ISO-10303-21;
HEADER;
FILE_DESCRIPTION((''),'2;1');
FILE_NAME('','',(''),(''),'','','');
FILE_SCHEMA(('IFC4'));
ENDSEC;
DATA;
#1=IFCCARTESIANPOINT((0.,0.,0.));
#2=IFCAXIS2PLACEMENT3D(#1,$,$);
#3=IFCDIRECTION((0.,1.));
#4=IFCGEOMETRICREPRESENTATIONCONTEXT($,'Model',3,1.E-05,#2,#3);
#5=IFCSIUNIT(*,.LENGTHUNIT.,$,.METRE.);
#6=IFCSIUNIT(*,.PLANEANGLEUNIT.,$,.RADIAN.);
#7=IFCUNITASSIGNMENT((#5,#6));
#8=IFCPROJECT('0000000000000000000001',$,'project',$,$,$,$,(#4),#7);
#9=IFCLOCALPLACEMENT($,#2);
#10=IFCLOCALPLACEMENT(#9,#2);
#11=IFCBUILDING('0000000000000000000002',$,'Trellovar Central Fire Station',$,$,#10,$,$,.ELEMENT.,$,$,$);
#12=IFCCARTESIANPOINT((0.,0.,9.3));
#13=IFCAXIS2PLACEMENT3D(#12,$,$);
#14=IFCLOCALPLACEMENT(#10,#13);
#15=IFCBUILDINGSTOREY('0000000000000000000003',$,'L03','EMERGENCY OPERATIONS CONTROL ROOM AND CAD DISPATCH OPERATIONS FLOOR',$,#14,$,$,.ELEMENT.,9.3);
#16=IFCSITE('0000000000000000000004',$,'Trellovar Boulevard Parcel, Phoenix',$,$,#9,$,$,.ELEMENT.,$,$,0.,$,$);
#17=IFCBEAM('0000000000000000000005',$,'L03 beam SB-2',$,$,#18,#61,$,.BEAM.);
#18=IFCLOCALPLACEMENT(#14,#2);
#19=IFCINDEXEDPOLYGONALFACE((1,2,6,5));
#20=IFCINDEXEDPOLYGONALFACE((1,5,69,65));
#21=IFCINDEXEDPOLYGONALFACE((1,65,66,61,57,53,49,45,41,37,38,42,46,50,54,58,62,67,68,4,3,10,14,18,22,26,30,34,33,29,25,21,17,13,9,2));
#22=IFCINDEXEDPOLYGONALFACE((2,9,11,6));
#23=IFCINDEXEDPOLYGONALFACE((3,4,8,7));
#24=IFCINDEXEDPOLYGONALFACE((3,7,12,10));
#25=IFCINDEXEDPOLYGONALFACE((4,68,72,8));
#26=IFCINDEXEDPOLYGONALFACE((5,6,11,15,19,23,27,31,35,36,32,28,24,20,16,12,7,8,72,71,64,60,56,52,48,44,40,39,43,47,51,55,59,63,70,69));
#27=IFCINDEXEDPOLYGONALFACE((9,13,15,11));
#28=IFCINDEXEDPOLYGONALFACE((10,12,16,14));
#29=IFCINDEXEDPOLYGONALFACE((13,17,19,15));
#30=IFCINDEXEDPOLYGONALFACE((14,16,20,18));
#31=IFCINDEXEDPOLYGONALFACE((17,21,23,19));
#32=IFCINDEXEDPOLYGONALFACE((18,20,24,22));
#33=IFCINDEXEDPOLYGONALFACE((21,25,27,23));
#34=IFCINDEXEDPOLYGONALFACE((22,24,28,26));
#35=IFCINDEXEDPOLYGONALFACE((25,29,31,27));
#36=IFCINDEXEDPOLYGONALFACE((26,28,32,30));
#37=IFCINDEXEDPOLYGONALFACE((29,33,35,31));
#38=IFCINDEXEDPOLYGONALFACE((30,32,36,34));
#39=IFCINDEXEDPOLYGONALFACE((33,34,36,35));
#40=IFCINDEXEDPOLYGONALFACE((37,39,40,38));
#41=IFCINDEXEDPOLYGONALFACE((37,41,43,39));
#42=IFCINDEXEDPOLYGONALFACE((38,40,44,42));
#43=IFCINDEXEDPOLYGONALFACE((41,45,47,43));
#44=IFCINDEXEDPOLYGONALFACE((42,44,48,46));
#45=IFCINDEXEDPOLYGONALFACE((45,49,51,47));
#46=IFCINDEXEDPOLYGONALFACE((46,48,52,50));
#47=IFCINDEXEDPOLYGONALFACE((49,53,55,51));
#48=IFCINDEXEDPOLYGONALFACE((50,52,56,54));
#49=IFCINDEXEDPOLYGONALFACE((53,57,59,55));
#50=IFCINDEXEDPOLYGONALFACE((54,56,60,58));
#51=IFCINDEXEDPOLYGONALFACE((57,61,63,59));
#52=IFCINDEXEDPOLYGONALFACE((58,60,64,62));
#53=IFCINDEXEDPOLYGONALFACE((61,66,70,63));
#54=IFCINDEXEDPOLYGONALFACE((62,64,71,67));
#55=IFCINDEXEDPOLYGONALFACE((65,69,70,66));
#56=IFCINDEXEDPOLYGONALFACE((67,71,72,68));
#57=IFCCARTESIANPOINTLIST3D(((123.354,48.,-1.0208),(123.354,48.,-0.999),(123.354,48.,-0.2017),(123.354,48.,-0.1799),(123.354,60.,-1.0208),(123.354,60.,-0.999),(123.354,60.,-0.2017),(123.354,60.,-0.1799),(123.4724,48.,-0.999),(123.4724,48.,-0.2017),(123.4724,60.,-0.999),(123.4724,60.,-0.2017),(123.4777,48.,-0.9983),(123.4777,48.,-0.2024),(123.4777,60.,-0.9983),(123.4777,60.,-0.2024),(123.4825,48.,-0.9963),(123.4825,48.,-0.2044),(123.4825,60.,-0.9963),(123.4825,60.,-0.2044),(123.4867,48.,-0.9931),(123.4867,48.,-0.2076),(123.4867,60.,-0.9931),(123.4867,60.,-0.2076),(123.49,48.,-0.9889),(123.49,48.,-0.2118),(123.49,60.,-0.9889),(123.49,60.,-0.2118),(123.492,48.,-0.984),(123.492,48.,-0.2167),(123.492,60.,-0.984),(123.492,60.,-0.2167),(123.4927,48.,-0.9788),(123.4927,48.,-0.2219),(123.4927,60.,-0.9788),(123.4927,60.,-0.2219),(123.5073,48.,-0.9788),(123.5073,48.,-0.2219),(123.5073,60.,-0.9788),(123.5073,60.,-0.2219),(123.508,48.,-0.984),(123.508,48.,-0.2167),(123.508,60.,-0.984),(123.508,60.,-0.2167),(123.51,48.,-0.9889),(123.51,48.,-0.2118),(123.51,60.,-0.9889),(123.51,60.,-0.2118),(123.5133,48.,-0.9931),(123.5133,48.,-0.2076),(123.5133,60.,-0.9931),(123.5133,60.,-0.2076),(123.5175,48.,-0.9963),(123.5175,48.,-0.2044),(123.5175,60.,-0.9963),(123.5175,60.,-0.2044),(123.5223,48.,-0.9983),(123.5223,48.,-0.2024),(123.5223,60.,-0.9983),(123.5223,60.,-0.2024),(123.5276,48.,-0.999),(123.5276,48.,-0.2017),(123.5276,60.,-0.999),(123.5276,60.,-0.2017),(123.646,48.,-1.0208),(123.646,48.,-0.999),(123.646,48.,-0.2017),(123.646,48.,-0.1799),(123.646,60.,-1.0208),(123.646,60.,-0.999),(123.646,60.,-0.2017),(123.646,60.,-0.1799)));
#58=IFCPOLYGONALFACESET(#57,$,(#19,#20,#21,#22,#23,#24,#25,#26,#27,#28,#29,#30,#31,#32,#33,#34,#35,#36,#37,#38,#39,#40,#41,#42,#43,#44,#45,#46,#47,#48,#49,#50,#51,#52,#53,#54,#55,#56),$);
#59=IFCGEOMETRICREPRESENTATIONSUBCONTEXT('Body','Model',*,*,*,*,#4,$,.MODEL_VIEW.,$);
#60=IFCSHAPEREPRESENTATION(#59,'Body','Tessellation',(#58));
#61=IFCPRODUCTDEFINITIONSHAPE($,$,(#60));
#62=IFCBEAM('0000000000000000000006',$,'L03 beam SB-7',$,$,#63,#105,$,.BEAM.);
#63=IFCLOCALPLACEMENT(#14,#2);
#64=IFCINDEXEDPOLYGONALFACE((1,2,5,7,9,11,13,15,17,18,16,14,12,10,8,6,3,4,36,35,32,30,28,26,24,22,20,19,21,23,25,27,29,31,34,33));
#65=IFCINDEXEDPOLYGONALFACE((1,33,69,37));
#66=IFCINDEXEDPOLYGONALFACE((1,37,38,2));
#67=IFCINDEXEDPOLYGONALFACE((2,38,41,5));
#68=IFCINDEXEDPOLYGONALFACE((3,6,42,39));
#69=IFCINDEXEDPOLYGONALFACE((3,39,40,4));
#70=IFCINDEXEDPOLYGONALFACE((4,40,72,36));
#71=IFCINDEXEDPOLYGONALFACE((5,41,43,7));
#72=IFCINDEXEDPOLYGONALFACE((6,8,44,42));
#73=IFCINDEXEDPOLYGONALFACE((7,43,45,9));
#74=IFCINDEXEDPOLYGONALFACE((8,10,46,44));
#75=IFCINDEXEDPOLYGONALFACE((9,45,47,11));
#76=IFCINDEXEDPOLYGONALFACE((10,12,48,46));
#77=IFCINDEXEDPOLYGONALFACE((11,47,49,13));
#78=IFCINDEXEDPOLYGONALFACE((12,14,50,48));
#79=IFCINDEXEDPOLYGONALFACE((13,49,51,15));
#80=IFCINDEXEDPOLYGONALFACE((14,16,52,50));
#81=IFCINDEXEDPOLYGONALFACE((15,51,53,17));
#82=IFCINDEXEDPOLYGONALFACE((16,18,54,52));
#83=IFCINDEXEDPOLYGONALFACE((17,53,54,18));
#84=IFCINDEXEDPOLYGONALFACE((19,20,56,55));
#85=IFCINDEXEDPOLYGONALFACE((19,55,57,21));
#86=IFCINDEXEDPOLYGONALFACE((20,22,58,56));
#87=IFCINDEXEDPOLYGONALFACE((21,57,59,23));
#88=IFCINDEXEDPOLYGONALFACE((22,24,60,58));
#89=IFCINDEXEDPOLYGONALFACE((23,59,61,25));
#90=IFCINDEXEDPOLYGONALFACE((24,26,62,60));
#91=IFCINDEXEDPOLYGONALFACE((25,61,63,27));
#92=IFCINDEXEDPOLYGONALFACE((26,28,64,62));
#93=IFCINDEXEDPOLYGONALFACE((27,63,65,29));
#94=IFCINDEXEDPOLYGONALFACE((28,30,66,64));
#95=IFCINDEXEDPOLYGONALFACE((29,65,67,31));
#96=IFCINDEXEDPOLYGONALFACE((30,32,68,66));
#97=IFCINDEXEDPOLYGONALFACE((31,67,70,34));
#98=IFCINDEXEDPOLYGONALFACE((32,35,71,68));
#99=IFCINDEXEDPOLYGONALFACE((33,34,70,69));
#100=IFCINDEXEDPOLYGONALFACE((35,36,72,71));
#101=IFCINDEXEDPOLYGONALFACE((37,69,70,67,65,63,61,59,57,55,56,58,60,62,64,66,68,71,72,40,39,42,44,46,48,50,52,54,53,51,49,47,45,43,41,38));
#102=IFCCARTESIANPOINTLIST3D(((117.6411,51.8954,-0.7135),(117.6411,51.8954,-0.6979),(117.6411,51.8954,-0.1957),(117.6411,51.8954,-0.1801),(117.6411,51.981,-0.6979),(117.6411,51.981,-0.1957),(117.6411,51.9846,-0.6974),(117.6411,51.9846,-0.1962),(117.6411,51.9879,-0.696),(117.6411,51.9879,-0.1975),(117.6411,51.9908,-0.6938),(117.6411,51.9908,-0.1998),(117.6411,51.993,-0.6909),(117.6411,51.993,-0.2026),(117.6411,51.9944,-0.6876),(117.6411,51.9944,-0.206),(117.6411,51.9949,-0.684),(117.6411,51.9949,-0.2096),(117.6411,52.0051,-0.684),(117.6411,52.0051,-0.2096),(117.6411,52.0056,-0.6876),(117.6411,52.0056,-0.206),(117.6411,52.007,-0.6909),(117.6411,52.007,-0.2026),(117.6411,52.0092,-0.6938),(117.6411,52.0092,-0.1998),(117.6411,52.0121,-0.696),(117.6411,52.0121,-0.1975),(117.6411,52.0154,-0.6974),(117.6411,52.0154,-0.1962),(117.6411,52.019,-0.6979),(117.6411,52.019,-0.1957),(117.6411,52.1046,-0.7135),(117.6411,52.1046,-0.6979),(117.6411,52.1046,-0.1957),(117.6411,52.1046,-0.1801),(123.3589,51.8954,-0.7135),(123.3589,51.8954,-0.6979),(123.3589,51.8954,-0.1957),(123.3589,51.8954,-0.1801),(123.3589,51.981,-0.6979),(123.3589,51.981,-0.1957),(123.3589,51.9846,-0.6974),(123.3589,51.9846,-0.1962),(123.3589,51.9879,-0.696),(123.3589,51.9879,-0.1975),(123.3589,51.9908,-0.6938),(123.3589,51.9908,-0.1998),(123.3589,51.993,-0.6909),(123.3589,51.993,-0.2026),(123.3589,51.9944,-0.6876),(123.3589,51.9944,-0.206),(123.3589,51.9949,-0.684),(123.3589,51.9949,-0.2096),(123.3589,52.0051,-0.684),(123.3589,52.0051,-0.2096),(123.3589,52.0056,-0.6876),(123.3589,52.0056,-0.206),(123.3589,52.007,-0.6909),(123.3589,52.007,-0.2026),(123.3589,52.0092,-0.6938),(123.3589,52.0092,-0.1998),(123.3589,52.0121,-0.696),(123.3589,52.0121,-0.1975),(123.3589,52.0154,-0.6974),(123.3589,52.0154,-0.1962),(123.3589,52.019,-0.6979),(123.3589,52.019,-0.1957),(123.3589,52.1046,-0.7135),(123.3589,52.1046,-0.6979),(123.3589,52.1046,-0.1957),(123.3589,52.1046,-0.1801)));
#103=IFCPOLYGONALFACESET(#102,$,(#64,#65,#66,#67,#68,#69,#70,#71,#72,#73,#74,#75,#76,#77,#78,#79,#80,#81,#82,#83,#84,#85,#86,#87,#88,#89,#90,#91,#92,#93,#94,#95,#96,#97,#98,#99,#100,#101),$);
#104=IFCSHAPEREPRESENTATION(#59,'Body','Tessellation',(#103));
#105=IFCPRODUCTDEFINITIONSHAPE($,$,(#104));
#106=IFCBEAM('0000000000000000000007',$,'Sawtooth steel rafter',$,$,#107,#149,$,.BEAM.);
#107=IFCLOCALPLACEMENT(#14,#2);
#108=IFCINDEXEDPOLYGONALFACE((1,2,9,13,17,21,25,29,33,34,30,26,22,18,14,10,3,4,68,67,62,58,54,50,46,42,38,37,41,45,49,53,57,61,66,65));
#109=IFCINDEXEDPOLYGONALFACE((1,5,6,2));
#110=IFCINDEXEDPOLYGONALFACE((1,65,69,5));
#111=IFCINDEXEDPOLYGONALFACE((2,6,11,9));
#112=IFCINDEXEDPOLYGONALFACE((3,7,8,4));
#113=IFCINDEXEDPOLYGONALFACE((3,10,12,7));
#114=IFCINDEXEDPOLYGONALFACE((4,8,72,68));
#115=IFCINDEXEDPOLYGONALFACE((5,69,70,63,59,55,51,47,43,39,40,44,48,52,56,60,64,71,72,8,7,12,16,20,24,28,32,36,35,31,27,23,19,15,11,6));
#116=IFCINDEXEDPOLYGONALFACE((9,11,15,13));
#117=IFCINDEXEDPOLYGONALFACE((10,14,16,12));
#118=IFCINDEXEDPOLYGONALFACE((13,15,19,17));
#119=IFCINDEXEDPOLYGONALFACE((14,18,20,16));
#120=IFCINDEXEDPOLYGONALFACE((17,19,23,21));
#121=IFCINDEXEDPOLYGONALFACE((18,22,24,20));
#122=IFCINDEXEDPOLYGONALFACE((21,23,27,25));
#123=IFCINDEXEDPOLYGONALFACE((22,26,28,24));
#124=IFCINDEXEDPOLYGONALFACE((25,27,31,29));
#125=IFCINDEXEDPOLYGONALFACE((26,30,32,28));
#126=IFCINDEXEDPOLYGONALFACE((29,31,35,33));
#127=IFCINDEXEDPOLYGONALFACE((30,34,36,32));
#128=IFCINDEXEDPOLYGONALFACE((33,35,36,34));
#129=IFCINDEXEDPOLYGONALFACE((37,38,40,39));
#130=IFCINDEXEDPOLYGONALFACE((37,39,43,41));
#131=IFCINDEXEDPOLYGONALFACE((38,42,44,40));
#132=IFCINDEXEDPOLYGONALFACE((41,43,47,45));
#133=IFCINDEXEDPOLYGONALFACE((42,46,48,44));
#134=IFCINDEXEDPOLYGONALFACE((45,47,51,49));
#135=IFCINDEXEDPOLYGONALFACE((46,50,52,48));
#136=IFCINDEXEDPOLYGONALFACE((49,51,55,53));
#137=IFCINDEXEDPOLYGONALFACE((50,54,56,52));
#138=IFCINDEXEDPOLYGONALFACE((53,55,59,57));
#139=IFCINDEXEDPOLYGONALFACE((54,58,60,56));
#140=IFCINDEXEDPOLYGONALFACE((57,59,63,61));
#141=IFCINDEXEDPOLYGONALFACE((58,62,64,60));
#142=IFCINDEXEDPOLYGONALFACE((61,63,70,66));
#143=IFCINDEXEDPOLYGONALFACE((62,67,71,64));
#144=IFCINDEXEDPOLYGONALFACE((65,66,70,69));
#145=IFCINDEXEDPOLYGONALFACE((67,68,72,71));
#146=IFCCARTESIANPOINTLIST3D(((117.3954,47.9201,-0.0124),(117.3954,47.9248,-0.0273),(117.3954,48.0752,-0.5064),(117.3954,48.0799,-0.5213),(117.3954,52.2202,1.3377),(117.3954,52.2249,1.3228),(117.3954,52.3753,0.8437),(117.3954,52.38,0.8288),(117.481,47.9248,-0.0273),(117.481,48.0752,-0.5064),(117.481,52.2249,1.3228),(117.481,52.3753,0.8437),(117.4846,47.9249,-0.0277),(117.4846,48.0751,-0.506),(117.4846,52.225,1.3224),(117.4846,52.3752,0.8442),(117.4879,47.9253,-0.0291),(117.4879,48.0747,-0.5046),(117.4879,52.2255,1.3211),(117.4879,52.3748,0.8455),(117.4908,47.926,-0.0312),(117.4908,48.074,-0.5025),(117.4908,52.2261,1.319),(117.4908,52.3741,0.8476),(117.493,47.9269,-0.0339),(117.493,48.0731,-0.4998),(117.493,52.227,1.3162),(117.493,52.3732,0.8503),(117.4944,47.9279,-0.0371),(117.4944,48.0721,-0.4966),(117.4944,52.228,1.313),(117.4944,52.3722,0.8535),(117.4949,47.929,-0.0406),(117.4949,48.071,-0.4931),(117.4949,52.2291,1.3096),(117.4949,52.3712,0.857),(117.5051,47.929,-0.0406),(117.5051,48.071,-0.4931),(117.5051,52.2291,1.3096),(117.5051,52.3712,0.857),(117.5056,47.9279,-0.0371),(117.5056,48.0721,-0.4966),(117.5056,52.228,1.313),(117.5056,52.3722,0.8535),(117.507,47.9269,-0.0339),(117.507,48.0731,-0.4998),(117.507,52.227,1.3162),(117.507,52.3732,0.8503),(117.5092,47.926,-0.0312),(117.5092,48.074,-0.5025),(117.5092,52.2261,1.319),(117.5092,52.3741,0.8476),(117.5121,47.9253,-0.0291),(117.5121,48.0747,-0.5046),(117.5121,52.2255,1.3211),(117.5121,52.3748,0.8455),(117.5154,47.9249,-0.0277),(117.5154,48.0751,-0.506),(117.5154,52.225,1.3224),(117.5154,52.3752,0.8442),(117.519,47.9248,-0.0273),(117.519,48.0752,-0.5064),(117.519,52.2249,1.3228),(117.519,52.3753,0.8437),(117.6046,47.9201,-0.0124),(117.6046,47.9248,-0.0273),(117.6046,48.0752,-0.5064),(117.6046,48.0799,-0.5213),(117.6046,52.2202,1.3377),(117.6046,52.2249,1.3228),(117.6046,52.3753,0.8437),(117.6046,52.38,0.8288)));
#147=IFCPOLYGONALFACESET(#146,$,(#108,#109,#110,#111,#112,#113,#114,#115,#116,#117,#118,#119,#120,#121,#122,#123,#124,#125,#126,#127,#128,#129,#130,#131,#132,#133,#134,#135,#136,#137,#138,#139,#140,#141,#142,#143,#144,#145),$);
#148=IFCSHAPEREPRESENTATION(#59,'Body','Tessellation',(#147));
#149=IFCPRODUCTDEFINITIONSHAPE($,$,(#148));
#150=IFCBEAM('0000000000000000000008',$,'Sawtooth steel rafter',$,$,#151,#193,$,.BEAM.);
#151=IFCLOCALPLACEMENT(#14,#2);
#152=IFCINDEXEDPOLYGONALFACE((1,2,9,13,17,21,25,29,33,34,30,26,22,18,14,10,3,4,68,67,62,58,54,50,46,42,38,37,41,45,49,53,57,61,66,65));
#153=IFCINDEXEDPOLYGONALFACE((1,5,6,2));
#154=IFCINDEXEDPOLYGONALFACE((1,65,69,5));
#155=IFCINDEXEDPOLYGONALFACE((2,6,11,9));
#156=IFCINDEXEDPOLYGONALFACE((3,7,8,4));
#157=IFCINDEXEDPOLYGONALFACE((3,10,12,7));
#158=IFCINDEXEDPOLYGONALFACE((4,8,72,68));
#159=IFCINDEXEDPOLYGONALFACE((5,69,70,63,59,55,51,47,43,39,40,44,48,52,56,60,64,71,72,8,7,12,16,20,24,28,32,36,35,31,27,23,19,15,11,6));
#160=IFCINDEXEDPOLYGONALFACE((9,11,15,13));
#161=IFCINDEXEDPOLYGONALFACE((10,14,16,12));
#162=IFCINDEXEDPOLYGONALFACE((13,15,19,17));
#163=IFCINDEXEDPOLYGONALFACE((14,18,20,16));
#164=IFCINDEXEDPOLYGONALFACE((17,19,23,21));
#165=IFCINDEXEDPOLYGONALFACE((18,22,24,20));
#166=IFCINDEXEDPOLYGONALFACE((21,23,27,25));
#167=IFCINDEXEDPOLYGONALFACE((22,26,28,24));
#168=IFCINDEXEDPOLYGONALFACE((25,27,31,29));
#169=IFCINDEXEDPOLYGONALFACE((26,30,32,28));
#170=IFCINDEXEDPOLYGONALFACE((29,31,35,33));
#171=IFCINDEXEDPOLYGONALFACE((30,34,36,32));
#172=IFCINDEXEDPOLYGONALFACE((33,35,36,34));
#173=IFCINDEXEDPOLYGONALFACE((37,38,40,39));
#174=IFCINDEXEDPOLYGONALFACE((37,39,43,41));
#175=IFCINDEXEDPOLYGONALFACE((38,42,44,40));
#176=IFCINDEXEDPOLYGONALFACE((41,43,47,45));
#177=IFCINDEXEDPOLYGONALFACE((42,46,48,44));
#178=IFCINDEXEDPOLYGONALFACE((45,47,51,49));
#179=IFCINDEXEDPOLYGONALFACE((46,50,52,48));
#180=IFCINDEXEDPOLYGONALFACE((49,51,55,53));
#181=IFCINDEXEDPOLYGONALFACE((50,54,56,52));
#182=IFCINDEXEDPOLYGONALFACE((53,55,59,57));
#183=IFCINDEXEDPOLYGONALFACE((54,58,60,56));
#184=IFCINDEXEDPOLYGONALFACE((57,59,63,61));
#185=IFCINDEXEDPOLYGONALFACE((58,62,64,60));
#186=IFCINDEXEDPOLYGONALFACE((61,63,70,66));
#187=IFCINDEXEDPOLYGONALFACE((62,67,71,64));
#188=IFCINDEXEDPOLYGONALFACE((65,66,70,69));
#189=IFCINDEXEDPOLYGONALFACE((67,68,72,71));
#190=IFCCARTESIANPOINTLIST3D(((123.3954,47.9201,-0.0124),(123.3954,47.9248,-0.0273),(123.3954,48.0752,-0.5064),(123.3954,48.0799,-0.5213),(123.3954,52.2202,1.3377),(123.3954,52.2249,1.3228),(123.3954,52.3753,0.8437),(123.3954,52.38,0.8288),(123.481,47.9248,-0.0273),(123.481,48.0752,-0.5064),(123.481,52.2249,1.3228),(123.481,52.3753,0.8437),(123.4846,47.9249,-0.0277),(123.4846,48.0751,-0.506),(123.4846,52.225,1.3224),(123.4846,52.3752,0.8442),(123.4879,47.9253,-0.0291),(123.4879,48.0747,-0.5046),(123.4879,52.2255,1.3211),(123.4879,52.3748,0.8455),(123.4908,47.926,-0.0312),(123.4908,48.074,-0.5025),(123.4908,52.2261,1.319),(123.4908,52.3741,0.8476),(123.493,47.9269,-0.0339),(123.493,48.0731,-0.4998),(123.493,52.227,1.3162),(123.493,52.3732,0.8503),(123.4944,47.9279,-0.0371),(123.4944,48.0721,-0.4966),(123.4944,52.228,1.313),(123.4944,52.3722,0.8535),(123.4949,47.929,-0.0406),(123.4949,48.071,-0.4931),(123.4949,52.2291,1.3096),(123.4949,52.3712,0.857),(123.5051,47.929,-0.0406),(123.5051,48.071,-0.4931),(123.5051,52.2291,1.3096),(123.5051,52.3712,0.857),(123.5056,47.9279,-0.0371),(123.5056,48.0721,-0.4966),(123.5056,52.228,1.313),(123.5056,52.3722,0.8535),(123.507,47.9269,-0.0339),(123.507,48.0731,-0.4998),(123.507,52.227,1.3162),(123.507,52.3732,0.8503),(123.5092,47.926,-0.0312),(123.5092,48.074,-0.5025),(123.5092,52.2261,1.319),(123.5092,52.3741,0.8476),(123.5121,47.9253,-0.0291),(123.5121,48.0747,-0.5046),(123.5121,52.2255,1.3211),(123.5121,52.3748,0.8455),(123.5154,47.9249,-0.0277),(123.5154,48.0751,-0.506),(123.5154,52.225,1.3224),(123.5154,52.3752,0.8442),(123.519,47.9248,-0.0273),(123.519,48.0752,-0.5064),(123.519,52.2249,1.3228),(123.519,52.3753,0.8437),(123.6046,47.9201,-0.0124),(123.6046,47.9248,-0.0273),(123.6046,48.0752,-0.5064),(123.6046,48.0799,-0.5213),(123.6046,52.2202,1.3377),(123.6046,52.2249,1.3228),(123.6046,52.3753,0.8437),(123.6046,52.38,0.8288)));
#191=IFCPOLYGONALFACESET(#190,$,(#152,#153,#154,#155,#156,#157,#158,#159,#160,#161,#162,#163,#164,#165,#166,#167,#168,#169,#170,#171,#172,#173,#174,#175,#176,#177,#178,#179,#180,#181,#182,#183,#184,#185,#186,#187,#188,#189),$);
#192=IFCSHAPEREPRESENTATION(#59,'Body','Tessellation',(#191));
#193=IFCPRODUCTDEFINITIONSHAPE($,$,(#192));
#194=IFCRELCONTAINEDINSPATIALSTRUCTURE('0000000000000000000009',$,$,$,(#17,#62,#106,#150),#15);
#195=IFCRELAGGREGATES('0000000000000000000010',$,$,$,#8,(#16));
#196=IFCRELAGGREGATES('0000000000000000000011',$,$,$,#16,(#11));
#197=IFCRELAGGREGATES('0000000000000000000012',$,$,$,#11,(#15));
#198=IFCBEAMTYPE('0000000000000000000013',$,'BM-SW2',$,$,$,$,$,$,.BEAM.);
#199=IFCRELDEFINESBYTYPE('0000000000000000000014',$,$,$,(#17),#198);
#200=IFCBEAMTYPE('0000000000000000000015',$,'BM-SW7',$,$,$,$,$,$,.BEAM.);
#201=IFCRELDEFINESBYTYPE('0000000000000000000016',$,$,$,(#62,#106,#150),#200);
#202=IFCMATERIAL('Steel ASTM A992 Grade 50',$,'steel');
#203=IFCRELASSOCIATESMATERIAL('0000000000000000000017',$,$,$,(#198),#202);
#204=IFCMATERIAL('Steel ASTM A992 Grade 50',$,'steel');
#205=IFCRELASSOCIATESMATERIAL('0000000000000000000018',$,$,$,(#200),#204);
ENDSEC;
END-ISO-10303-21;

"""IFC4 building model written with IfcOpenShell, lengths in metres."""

from ifc_helpers import new_model, si_unit, direction, frame, origin, origin_2d, place, context, subcontext, project, spatial, i_section, extrude, material, material_profile, profile_set, type_object, element, save


model = new_model("IFC4")

# Units and contexts
model_context = context("Model", 3, precision=1e-05, world=origin(), true_north=direction((0.0, 1.0)))
body_context = subcontext(model_context, "Body", "Model", "MODEL_VIEW")
ifc_project = project(units=[si_unit("LENGTHUNIT", "METRE"), si_unit("PLANEANGLEUNIT", "RADIAN")], contexts=[model_context])

# Site, building, storey
site_placement = place(None, origin())
site = spatial("IfcSite", under=ifc_project, at=site_placement, Name="Trellovar Boulevard Parcel, Phoenix", CompositionType="ELEMENT", RefElevation=0.0)
building_placement = place(site_placement, origin())
building = spatial("IfcBuilding", under=site, at=building_placement, Name="Trellovar Central Fire Station", CompositionType="ELEMENT")
storey_placement = place(building_placement, frame((0.0, 0.0, 9.3)))
storey = spatial("IfcBuildingStorey", under=building, at=storey_placement, Name="L03", Description="EMERGENCY OPERATIONS CONTROL ROOM AND CAD DISPATCH OPERATIONS FLOOR", CompositionType="ELEMENT", Elevation=9.3)

# Beams
ifc_material_1 = material(Name="Steel ASTM A992 Grade 50", Category="steel")
ifc_material_profile_1 = material_profile(ifc_material_1, i_section(OverallWidth=0.292, OverallDepth=0.8408, WebThickness=0.0146, FlangeThickness=0.0217, FilletRadius=0.0203, at=origin_2d()), Name="W33X130")
ifc_profile_set_1 = profile_set([ifc_material_profile_1], Name="Steel ASTM A992 Grade 50")
beam_type_1 = type_object("IfcBeamType", Name="BM-SW2", PredefinedType="BEAM", material=ifc_profile_set_1)
for number, where, z_axis, x_axis, name in (
    (1, (123.5, 48.0, -0.6003), (0.0, 1.0, 0.0), (-1.0, 0.0, 0.0), "L03 beam SB-2"),
):
    element("IfcBeam", number, at=place(storey_placement, frame(where, z_axis=z_axis, x_axis=x_axis)), inside=storey, type_object=beam_type_1, Name=name, PredefinedType="BEAM", context=body_context, shape_type="SweptSolid", body=[
        extrude(i_section(OverallWidth=0.292, OverallDepth=0.8408, WebThickness=0.0146, FlangeThickness=0.0217, FilletRadius=0.0203, at=origin_2d()), origin(), (0.0, 0.0, 1.0), 12.0),
    ])
ifc_material_2 = material(Name="Steel ASTM A992 Grade 50", Category="steel")
ifc_material_profile_2 = material_profile(ifc_material_2, i_section(OverallWidth=0.2092, OverallDepth=0.5334, WebThickness=0.0103, FlangeThickness=0.0156, FilletRadius=0.0139, at=origin_2d()), Name="W21X62")
ifc_profile_set_2 = profile_set([ifc_material_profile_2], Name="Steel ASTM A992 Grade 50")
beam_type_2 = type_object("IfcBeamType", Name="BM-SW7", PredefinedType="BEAM", material=ifc_profile_set_2)
beam_placement = place(storey_placement, frame((117.6411, 52.0, -0.4468), z_axis=(1.0, 0.0, 0.0), x_axis=(0.0, 1.0, 0.0)))
element("IfcBeam", 2, at=beam_placement, inside=storey, type_object=beam_type_2, Name="L03 beam SB-7", PredefinedType="BEAM", context=body_context, shape_type="SweptSolid", body=[
    extrude(i_section(OverallWidth=0.2092, OverallDepth=0.5334, WebThickness=0.0103, FlangeThickness=0.0156, FilletRadius=0.0139, at=origin_2d()), origin(), (0.0, 0.0, 1.0), 5.7178),
])
for number, where, z_axis, x_axis, name in (
    (3, (117.5, 48.0, -0.2668), (0.0, 0.954079, 0.299555), (-1.0, 0.0, 0.0), "Sawtooth steel rafter"),
    (4, (123.5, 48.0, -0.2668), (0.0, 0.954079, 0.299555), (-1.0, 0.0, 0.0), "Sawtooth steel rafter"),
):
    element("IfcBeam", number, at=place(storey_placement, frame(where, z_axis=z_axis, x_axis=x_axis)), inside=storey, type_object=beam_type_2, Name=name, PredefinedType="BEAM", context=body_context, shape_type="SweptSolid", body=[
        extrude(i_section(OverallWidth=0.2092, OverallDepth=0.5334, WebThickness=0.0103, FlangeThickness=0.0156, FilletRadius=0.0139, at=origin_2d()), origin(), (0.0, 0.0, 1.0), 4.5071),
    ])

save(model, "model.ifc")
